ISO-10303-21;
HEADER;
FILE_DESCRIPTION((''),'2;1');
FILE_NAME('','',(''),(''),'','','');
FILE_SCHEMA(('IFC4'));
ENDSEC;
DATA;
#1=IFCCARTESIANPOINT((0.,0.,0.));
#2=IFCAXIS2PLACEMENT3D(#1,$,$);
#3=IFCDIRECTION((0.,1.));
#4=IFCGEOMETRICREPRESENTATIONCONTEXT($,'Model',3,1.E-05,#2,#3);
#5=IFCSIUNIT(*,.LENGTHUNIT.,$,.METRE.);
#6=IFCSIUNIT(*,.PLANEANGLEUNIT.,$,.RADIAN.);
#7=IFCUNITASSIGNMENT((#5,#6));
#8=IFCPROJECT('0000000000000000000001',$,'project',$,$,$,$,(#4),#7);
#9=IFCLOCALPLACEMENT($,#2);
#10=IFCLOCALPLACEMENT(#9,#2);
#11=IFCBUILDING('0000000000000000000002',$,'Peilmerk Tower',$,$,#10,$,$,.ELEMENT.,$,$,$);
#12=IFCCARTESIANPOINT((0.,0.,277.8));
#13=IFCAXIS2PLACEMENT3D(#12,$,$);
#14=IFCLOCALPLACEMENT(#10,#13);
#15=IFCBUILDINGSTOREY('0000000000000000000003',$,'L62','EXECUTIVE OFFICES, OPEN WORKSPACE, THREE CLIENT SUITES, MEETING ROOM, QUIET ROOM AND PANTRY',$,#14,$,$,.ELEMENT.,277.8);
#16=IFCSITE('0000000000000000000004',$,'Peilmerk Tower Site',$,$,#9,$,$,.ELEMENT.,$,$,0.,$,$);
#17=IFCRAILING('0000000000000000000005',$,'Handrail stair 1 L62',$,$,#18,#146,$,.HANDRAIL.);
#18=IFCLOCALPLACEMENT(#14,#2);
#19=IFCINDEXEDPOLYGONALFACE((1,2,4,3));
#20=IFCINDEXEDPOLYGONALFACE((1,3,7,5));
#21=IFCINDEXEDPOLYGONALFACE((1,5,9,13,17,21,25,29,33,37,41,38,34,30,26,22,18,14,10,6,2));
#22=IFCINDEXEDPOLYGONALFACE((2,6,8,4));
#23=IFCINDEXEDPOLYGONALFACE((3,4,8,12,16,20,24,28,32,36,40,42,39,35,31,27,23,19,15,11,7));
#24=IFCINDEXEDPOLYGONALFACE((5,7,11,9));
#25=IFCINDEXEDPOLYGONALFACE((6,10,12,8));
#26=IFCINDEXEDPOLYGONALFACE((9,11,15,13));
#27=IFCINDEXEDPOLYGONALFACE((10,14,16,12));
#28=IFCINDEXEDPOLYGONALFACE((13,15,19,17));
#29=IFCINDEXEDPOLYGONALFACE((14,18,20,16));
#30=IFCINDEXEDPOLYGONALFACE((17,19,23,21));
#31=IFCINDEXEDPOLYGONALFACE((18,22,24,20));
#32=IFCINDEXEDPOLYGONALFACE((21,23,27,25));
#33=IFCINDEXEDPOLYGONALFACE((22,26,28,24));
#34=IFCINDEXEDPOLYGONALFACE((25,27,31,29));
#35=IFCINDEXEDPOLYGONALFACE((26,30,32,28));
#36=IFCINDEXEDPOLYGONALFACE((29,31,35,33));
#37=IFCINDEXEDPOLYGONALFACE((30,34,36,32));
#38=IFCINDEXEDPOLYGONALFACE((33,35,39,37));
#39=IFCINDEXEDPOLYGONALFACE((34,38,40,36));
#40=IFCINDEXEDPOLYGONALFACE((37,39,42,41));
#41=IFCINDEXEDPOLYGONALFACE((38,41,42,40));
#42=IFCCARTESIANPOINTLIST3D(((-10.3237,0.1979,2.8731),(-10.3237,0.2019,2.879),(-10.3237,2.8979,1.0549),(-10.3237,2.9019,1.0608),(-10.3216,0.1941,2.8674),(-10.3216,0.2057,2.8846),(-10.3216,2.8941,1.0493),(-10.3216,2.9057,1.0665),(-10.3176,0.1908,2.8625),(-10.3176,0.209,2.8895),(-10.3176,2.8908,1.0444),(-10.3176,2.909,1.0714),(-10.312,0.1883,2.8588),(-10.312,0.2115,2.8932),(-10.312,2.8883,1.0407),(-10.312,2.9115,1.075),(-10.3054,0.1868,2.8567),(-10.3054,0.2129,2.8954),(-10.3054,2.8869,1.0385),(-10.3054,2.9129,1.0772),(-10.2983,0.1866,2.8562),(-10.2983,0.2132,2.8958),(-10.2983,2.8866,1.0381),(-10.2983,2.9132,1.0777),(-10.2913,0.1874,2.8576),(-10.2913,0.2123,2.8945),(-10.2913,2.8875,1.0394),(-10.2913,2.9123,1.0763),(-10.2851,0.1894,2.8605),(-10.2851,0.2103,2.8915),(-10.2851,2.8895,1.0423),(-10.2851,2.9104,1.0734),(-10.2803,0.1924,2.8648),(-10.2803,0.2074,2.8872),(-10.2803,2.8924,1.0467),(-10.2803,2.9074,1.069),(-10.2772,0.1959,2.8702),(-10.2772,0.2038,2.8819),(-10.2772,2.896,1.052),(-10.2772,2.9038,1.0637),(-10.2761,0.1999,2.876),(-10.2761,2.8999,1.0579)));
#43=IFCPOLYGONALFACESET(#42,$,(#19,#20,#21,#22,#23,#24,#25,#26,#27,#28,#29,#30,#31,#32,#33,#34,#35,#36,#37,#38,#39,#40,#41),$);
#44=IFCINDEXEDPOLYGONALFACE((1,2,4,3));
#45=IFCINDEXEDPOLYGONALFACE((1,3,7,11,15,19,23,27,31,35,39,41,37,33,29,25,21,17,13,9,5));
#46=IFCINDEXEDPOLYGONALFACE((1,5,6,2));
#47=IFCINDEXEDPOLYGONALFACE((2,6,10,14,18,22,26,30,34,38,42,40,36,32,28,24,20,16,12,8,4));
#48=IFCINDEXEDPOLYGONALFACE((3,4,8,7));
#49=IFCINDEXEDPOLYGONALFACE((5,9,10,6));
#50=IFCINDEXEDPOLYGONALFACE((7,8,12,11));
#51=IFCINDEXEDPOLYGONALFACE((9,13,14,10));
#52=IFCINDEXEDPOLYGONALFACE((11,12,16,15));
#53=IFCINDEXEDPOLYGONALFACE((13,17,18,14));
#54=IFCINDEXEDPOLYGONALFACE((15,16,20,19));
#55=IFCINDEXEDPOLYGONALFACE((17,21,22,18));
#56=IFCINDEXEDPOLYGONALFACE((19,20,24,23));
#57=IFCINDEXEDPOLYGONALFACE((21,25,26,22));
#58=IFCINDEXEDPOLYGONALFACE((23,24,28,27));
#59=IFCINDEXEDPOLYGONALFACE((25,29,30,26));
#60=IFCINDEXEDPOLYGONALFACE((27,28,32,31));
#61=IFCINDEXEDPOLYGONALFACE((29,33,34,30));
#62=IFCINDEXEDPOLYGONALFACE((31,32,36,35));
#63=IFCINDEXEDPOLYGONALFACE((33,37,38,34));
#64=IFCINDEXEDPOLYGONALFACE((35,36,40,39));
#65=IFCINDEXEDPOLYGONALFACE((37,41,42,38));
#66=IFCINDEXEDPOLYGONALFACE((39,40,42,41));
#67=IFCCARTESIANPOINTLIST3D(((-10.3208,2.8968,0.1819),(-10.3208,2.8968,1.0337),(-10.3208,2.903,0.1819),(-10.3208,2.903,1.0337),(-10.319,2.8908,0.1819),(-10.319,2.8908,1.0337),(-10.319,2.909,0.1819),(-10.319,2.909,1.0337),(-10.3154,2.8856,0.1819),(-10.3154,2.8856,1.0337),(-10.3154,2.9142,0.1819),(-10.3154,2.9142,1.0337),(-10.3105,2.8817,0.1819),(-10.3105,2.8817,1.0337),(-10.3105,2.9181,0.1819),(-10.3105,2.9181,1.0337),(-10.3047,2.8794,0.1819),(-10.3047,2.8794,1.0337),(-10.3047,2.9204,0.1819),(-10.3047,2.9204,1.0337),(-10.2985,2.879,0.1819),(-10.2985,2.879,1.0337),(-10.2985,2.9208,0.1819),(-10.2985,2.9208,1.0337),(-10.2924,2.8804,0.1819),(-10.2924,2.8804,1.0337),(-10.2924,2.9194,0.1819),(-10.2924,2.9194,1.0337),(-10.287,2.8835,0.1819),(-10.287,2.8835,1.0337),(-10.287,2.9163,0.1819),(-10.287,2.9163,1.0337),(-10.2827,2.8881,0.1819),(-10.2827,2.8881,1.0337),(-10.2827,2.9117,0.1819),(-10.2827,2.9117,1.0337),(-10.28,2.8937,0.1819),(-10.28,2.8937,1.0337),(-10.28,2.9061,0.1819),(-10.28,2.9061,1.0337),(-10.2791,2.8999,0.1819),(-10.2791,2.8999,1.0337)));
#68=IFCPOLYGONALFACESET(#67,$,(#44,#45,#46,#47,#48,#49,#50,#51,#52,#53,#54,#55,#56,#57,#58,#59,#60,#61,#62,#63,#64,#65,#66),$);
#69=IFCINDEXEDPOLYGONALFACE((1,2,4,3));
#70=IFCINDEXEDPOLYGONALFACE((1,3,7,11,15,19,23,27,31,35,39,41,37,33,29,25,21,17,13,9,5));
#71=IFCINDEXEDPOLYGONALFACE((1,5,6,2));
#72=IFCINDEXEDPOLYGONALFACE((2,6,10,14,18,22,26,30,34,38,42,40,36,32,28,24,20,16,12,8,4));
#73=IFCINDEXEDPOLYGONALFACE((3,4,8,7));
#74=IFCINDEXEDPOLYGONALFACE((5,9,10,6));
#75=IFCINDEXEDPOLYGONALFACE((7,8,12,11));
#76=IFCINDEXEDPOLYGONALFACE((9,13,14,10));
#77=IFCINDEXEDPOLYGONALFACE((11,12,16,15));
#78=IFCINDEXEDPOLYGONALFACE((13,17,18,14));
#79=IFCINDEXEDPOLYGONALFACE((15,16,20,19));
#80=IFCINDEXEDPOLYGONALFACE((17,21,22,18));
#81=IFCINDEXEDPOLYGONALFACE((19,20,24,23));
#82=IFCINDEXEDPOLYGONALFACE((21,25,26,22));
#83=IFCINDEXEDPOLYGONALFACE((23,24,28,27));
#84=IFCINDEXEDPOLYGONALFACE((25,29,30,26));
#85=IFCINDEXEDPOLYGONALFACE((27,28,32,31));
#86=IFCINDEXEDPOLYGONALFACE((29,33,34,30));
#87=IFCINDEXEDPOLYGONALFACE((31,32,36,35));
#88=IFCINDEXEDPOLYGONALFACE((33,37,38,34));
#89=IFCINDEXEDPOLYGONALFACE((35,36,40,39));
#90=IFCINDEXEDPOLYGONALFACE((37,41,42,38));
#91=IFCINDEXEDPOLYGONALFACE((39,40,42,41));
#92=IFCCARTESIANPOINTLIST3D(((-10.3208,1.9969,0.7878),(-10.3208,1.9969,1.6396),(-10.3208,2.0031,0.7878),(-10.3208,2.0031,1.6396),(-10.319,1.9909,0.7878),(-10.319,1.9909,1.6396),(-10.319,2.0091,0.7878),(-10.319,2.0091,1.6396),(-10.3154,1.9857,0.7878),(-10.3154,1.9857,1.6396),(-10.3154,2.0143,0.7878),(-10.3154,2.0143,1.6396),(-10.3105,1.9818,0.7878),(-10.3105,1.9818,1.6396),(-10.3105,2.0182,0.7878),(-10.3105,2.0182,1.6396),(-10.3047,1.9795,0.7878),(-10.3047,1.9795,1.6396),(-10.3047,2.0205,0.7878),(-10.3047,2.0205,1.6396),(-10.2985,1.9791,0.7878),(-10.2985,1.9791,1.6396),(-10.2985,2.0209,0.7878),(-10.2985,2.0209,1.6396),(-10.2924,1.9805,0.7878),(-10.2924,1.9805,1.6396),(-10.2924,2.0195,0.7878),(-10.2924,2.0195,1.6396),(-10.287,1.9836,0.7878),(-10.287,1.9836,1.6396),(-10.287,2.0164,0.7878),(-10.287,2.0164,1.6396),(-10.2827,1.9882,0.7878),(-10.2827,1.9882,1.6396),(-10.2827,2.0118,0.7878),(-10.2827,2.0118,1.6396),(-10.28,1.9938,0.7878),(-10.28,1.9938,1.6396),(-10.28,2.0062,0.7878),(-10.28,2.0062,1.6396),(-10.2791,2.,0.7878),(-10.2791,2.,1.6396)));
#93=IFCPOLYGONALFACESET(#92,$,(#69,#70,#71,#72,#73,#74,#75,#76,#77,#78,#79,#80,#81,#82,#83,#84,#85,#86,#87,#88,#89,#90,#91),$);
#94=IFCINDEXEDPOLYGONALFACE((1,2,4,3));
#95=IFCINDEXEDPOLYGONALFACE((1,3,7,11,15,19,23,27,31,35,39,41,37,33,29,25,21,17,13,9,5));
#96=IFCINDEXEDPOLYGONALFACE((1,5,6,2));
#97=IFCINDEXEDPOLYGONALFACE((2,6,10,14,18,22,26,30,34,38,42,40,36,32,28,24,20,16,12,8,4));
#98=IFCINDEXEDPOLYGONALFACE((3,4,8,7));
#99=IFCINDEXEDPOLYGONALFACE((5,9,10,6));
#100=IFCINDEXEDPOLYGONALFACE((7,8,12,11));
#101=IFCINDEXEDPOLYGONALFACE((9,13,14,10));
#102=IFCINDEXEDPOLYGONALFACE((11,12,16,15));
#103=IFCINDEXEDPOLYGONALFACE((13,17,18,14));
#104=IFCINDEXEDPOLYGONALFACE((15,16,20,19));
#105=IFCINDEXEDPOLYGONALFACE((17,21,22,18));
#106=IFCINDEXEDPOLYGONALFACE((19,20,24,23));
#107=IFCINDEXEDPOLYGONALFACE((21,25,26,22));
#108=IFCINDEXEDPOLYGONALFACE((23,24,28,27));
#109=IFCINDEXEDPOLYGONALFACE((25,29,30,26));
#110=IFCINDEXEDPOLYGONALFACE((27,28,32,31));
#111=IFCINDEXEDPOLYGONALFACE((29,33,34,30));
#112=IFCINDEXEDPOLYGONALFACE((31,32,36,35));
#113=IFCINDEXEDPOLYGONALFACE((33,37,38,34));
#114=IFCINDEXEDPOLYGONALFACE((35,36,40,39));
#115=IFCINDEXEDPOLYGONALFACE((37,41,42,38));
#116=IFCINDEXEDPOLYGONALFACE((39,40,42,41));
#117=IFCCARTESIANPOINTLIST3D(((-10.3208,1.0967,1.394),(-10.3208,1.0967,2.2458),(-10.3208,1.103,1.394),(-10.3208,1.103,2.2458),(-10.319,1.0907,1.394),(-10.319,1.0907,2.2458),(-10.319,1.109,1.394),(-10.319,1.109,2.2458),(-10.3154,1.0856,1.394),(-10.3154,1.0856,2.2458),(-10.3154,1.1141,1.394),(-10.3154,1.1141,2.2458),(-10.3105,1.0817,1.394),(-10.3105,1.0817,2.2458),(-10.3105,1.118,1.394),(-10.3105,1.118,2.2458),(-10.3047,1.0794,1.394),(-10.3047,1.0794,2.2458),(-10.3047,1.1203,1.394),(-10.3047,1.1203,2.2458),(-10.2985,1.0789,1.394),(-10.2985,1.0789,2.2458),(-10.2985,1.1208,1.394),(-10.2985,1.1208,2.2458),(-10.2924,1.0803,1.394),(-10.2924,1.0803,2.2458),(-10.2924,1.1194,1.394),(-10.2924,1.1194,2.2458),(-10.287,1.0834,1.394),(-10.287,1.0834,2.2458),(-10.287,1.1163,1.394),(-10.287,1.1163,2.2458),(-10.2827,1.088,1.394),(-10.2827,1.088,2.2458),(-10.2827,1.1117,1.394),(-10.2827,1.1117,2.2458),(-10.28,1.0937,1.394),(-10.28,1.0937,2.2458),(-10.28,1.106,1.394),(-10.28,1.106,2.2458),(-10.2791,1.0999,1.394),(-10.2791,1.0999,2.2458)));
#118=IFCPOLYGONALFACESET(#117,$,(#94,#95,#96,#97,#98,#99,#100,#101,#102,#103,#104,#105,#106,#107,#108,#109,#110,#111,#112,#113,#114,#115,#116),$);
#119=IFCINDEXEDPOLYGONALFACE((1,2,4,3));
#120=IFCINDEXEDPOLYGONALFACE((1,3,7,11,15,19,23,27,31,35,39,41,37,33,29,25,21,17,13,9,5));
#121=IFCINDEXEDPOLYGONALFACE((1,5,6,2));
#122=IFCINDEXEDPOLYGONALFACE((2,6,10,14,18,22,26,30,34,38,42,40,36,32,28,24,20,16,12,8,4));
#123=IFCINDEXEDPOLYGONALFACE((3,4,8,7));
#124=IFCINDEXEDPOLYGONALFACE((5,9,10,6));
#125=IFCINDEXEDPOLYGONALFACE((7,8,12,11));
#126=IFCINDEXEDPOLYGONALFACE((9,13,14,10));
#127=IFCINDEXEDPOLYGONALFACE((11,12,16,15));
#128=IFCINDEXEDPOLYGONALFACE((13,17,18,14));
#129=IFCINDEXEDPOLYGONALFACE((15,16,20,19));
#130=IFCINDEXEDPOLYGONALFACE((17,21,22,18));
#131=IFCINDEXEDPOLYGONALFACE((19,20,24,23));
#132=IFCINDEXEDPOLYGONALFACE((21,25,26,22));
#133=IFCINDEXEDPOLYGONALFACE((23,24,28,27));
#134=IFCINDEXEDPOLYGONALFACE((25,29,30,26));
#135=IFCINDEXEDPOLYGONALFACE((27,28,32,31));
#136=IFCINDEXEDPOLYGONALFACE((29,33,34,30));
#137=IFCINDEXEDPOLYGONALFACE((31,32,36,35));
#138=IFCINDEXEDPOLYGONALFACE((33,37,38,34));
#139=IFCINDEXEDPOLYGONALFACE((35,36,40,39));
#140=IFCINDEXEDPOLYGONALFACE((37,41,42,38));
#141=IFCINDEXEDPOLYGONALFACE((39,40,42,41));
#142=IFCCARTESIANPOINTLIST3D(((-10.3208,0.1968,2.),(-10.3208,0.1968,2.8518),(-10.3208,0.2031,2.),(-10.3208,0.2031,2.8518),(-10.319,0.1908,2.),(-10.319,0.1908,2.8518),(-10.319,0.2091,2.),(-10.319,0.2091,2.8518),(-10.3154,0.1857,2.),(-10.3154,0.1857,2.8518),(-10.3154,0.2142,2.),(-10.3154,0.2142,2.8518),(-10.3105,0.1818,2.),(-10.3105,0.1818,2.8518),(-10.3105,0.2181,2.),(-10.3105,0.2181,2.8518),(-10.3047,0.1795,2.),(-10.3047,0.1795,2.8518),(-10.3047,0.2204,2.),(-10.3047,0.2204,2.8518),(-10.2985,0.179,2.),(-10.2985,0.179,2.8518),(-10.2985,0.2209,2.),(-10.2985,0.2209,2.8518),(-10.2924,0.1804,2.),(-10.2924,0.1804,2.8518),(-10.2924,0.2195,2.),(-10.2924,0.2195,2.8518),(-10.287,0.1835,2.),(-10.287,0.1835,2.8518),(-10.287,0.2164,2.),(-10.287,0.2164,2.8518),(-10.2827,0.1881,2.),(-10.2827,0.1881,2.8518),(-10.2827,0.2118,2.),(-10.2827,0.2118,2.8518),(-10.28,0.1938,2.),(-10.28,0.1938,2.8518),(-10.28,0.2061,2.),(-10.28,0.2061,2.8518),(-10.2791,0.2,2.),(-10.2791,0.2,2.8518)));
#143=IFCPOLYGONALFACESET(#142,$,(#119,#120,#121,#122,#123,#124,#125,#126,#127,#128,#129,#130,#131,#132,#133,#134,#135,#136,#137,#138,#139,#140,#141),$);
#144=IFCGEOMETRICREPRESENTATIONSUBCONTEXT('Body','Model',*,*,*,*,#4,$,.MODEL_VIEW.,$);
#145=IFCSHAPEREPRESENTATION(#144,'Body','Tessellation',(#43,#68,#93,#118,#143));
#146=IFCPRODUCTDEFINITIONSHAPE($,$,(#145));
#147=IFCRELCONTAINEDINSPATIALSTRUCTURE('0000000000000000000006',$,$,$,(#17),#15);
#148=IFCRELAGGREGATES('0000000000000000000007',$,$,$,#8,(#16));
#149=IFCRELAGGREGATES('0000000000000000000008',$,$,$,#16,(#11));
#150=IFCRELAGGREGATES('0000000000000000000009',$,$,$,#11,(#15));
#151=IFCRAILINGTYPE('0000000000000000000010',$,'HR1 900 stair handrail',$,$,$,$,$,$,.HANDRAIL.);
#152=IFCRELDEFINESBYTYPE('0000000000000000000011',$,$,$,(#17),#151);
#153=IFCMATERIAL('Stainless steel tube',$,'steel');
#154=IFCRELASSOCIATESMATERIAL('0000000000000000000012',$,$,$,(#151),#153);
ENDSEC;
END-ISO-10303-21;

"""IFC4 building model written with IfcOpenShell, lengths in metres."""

from ifc_helpers import new_model, si_unit, direction, frame, origin, origin_2d, place, context, subcontext, project, spatial, circle, extrude, material, type_object, element, save


model = new_model("IFC4")

# Units and contexts
model_context = context("Model", 3, precision=1e-05, world=origin(), true_north=direction((0.0, 1.0)))
body_context = subcontext(model_context, "Body", "Model", "MODEL_VIEW")
ifc_project = project(units=[si_unit("LENGTHUNIT", "METRE"), si_unit("PLANEANGLEUNIT", "RADIAN")], contexts=[model_context])

# Site, building, storey
site_placement = place(None, origin())
site = spatial("IfcSite", under=ifc_project, at=site_placement, Name="Peilmerk Tower Site", CompositionType="ELEMENT", RefElevation=0.0)
building_placement = place(site_placement, origin())
building = spatial("IfcBuilding", under=site, at=building_placement, Name="Peilmerk Tower", CompositionType="ELEMENT")
storey_placement = place(building_placement, frame((0.0, 0.0, 277.8)))
storey = spatial("IfcBuildingStorey", under=building, at=storey_placement, Name="L62", Description="EXECUTIVE OFFICES, OPEN WORKSPACE, THREE CLIENT SUITES, MEETING ROOM, QUIET ROOM AND PANTRY", CompositionType="ELEMENT", Elevation=277.8)

# Railing
ifc_material_1 = material(Name="Stainless steel tube", Category="steel")
railing_type_1 = type_object("IfcRailingType", Name="HR1 900 stair handrail", PredefinedType="HANDRAIL", material=ifc_material_1)
railing_1_placement = place(storey_placement, frame((-10.3, 2.8999, 0.1819)))
element("IfcRailing", 1, at=railing_1_placement, inside=storey, type_object=railing_type_1, Name="Handrail stair 1 L62", PredefinedType="HANDRAIL", context=body_context, shape_type="SweptSolid", body=[
    extrude(circle(Radius=0.0239, at=origin_2d()), frame((0.0, 0.0, 0.876), z_axis=(0.0, -0.829468, 0.558554), x_axis=(1.0, 0.0, 0.0)), (0.0, 0.0, 1.0), 3.2551),
    extrude(circle(Radius=0.021, at=origin_2d()), origin(), (0.0, 0.0, 1.0), 0.8518),
    extrude(circle(Radius=0.021, at=origin_2d()), frame((0.0, -0.8999, 0.606)), (0.0, 0.0, 1.0), 0.8518),
    extrude(circle(Radius=0.021, at=origin_2d()), frame((0.0, -1.8, 1.2122)), (0.0, 0.0, 1.0), 0.8518),
    extrude(circle(Radius=0.021, at=origin_2d()), frame((0.0, -2.7, 1.8181)), (0.0, 0.0, 1.0), 0.8518),
])

save(model, "model.ifc")
